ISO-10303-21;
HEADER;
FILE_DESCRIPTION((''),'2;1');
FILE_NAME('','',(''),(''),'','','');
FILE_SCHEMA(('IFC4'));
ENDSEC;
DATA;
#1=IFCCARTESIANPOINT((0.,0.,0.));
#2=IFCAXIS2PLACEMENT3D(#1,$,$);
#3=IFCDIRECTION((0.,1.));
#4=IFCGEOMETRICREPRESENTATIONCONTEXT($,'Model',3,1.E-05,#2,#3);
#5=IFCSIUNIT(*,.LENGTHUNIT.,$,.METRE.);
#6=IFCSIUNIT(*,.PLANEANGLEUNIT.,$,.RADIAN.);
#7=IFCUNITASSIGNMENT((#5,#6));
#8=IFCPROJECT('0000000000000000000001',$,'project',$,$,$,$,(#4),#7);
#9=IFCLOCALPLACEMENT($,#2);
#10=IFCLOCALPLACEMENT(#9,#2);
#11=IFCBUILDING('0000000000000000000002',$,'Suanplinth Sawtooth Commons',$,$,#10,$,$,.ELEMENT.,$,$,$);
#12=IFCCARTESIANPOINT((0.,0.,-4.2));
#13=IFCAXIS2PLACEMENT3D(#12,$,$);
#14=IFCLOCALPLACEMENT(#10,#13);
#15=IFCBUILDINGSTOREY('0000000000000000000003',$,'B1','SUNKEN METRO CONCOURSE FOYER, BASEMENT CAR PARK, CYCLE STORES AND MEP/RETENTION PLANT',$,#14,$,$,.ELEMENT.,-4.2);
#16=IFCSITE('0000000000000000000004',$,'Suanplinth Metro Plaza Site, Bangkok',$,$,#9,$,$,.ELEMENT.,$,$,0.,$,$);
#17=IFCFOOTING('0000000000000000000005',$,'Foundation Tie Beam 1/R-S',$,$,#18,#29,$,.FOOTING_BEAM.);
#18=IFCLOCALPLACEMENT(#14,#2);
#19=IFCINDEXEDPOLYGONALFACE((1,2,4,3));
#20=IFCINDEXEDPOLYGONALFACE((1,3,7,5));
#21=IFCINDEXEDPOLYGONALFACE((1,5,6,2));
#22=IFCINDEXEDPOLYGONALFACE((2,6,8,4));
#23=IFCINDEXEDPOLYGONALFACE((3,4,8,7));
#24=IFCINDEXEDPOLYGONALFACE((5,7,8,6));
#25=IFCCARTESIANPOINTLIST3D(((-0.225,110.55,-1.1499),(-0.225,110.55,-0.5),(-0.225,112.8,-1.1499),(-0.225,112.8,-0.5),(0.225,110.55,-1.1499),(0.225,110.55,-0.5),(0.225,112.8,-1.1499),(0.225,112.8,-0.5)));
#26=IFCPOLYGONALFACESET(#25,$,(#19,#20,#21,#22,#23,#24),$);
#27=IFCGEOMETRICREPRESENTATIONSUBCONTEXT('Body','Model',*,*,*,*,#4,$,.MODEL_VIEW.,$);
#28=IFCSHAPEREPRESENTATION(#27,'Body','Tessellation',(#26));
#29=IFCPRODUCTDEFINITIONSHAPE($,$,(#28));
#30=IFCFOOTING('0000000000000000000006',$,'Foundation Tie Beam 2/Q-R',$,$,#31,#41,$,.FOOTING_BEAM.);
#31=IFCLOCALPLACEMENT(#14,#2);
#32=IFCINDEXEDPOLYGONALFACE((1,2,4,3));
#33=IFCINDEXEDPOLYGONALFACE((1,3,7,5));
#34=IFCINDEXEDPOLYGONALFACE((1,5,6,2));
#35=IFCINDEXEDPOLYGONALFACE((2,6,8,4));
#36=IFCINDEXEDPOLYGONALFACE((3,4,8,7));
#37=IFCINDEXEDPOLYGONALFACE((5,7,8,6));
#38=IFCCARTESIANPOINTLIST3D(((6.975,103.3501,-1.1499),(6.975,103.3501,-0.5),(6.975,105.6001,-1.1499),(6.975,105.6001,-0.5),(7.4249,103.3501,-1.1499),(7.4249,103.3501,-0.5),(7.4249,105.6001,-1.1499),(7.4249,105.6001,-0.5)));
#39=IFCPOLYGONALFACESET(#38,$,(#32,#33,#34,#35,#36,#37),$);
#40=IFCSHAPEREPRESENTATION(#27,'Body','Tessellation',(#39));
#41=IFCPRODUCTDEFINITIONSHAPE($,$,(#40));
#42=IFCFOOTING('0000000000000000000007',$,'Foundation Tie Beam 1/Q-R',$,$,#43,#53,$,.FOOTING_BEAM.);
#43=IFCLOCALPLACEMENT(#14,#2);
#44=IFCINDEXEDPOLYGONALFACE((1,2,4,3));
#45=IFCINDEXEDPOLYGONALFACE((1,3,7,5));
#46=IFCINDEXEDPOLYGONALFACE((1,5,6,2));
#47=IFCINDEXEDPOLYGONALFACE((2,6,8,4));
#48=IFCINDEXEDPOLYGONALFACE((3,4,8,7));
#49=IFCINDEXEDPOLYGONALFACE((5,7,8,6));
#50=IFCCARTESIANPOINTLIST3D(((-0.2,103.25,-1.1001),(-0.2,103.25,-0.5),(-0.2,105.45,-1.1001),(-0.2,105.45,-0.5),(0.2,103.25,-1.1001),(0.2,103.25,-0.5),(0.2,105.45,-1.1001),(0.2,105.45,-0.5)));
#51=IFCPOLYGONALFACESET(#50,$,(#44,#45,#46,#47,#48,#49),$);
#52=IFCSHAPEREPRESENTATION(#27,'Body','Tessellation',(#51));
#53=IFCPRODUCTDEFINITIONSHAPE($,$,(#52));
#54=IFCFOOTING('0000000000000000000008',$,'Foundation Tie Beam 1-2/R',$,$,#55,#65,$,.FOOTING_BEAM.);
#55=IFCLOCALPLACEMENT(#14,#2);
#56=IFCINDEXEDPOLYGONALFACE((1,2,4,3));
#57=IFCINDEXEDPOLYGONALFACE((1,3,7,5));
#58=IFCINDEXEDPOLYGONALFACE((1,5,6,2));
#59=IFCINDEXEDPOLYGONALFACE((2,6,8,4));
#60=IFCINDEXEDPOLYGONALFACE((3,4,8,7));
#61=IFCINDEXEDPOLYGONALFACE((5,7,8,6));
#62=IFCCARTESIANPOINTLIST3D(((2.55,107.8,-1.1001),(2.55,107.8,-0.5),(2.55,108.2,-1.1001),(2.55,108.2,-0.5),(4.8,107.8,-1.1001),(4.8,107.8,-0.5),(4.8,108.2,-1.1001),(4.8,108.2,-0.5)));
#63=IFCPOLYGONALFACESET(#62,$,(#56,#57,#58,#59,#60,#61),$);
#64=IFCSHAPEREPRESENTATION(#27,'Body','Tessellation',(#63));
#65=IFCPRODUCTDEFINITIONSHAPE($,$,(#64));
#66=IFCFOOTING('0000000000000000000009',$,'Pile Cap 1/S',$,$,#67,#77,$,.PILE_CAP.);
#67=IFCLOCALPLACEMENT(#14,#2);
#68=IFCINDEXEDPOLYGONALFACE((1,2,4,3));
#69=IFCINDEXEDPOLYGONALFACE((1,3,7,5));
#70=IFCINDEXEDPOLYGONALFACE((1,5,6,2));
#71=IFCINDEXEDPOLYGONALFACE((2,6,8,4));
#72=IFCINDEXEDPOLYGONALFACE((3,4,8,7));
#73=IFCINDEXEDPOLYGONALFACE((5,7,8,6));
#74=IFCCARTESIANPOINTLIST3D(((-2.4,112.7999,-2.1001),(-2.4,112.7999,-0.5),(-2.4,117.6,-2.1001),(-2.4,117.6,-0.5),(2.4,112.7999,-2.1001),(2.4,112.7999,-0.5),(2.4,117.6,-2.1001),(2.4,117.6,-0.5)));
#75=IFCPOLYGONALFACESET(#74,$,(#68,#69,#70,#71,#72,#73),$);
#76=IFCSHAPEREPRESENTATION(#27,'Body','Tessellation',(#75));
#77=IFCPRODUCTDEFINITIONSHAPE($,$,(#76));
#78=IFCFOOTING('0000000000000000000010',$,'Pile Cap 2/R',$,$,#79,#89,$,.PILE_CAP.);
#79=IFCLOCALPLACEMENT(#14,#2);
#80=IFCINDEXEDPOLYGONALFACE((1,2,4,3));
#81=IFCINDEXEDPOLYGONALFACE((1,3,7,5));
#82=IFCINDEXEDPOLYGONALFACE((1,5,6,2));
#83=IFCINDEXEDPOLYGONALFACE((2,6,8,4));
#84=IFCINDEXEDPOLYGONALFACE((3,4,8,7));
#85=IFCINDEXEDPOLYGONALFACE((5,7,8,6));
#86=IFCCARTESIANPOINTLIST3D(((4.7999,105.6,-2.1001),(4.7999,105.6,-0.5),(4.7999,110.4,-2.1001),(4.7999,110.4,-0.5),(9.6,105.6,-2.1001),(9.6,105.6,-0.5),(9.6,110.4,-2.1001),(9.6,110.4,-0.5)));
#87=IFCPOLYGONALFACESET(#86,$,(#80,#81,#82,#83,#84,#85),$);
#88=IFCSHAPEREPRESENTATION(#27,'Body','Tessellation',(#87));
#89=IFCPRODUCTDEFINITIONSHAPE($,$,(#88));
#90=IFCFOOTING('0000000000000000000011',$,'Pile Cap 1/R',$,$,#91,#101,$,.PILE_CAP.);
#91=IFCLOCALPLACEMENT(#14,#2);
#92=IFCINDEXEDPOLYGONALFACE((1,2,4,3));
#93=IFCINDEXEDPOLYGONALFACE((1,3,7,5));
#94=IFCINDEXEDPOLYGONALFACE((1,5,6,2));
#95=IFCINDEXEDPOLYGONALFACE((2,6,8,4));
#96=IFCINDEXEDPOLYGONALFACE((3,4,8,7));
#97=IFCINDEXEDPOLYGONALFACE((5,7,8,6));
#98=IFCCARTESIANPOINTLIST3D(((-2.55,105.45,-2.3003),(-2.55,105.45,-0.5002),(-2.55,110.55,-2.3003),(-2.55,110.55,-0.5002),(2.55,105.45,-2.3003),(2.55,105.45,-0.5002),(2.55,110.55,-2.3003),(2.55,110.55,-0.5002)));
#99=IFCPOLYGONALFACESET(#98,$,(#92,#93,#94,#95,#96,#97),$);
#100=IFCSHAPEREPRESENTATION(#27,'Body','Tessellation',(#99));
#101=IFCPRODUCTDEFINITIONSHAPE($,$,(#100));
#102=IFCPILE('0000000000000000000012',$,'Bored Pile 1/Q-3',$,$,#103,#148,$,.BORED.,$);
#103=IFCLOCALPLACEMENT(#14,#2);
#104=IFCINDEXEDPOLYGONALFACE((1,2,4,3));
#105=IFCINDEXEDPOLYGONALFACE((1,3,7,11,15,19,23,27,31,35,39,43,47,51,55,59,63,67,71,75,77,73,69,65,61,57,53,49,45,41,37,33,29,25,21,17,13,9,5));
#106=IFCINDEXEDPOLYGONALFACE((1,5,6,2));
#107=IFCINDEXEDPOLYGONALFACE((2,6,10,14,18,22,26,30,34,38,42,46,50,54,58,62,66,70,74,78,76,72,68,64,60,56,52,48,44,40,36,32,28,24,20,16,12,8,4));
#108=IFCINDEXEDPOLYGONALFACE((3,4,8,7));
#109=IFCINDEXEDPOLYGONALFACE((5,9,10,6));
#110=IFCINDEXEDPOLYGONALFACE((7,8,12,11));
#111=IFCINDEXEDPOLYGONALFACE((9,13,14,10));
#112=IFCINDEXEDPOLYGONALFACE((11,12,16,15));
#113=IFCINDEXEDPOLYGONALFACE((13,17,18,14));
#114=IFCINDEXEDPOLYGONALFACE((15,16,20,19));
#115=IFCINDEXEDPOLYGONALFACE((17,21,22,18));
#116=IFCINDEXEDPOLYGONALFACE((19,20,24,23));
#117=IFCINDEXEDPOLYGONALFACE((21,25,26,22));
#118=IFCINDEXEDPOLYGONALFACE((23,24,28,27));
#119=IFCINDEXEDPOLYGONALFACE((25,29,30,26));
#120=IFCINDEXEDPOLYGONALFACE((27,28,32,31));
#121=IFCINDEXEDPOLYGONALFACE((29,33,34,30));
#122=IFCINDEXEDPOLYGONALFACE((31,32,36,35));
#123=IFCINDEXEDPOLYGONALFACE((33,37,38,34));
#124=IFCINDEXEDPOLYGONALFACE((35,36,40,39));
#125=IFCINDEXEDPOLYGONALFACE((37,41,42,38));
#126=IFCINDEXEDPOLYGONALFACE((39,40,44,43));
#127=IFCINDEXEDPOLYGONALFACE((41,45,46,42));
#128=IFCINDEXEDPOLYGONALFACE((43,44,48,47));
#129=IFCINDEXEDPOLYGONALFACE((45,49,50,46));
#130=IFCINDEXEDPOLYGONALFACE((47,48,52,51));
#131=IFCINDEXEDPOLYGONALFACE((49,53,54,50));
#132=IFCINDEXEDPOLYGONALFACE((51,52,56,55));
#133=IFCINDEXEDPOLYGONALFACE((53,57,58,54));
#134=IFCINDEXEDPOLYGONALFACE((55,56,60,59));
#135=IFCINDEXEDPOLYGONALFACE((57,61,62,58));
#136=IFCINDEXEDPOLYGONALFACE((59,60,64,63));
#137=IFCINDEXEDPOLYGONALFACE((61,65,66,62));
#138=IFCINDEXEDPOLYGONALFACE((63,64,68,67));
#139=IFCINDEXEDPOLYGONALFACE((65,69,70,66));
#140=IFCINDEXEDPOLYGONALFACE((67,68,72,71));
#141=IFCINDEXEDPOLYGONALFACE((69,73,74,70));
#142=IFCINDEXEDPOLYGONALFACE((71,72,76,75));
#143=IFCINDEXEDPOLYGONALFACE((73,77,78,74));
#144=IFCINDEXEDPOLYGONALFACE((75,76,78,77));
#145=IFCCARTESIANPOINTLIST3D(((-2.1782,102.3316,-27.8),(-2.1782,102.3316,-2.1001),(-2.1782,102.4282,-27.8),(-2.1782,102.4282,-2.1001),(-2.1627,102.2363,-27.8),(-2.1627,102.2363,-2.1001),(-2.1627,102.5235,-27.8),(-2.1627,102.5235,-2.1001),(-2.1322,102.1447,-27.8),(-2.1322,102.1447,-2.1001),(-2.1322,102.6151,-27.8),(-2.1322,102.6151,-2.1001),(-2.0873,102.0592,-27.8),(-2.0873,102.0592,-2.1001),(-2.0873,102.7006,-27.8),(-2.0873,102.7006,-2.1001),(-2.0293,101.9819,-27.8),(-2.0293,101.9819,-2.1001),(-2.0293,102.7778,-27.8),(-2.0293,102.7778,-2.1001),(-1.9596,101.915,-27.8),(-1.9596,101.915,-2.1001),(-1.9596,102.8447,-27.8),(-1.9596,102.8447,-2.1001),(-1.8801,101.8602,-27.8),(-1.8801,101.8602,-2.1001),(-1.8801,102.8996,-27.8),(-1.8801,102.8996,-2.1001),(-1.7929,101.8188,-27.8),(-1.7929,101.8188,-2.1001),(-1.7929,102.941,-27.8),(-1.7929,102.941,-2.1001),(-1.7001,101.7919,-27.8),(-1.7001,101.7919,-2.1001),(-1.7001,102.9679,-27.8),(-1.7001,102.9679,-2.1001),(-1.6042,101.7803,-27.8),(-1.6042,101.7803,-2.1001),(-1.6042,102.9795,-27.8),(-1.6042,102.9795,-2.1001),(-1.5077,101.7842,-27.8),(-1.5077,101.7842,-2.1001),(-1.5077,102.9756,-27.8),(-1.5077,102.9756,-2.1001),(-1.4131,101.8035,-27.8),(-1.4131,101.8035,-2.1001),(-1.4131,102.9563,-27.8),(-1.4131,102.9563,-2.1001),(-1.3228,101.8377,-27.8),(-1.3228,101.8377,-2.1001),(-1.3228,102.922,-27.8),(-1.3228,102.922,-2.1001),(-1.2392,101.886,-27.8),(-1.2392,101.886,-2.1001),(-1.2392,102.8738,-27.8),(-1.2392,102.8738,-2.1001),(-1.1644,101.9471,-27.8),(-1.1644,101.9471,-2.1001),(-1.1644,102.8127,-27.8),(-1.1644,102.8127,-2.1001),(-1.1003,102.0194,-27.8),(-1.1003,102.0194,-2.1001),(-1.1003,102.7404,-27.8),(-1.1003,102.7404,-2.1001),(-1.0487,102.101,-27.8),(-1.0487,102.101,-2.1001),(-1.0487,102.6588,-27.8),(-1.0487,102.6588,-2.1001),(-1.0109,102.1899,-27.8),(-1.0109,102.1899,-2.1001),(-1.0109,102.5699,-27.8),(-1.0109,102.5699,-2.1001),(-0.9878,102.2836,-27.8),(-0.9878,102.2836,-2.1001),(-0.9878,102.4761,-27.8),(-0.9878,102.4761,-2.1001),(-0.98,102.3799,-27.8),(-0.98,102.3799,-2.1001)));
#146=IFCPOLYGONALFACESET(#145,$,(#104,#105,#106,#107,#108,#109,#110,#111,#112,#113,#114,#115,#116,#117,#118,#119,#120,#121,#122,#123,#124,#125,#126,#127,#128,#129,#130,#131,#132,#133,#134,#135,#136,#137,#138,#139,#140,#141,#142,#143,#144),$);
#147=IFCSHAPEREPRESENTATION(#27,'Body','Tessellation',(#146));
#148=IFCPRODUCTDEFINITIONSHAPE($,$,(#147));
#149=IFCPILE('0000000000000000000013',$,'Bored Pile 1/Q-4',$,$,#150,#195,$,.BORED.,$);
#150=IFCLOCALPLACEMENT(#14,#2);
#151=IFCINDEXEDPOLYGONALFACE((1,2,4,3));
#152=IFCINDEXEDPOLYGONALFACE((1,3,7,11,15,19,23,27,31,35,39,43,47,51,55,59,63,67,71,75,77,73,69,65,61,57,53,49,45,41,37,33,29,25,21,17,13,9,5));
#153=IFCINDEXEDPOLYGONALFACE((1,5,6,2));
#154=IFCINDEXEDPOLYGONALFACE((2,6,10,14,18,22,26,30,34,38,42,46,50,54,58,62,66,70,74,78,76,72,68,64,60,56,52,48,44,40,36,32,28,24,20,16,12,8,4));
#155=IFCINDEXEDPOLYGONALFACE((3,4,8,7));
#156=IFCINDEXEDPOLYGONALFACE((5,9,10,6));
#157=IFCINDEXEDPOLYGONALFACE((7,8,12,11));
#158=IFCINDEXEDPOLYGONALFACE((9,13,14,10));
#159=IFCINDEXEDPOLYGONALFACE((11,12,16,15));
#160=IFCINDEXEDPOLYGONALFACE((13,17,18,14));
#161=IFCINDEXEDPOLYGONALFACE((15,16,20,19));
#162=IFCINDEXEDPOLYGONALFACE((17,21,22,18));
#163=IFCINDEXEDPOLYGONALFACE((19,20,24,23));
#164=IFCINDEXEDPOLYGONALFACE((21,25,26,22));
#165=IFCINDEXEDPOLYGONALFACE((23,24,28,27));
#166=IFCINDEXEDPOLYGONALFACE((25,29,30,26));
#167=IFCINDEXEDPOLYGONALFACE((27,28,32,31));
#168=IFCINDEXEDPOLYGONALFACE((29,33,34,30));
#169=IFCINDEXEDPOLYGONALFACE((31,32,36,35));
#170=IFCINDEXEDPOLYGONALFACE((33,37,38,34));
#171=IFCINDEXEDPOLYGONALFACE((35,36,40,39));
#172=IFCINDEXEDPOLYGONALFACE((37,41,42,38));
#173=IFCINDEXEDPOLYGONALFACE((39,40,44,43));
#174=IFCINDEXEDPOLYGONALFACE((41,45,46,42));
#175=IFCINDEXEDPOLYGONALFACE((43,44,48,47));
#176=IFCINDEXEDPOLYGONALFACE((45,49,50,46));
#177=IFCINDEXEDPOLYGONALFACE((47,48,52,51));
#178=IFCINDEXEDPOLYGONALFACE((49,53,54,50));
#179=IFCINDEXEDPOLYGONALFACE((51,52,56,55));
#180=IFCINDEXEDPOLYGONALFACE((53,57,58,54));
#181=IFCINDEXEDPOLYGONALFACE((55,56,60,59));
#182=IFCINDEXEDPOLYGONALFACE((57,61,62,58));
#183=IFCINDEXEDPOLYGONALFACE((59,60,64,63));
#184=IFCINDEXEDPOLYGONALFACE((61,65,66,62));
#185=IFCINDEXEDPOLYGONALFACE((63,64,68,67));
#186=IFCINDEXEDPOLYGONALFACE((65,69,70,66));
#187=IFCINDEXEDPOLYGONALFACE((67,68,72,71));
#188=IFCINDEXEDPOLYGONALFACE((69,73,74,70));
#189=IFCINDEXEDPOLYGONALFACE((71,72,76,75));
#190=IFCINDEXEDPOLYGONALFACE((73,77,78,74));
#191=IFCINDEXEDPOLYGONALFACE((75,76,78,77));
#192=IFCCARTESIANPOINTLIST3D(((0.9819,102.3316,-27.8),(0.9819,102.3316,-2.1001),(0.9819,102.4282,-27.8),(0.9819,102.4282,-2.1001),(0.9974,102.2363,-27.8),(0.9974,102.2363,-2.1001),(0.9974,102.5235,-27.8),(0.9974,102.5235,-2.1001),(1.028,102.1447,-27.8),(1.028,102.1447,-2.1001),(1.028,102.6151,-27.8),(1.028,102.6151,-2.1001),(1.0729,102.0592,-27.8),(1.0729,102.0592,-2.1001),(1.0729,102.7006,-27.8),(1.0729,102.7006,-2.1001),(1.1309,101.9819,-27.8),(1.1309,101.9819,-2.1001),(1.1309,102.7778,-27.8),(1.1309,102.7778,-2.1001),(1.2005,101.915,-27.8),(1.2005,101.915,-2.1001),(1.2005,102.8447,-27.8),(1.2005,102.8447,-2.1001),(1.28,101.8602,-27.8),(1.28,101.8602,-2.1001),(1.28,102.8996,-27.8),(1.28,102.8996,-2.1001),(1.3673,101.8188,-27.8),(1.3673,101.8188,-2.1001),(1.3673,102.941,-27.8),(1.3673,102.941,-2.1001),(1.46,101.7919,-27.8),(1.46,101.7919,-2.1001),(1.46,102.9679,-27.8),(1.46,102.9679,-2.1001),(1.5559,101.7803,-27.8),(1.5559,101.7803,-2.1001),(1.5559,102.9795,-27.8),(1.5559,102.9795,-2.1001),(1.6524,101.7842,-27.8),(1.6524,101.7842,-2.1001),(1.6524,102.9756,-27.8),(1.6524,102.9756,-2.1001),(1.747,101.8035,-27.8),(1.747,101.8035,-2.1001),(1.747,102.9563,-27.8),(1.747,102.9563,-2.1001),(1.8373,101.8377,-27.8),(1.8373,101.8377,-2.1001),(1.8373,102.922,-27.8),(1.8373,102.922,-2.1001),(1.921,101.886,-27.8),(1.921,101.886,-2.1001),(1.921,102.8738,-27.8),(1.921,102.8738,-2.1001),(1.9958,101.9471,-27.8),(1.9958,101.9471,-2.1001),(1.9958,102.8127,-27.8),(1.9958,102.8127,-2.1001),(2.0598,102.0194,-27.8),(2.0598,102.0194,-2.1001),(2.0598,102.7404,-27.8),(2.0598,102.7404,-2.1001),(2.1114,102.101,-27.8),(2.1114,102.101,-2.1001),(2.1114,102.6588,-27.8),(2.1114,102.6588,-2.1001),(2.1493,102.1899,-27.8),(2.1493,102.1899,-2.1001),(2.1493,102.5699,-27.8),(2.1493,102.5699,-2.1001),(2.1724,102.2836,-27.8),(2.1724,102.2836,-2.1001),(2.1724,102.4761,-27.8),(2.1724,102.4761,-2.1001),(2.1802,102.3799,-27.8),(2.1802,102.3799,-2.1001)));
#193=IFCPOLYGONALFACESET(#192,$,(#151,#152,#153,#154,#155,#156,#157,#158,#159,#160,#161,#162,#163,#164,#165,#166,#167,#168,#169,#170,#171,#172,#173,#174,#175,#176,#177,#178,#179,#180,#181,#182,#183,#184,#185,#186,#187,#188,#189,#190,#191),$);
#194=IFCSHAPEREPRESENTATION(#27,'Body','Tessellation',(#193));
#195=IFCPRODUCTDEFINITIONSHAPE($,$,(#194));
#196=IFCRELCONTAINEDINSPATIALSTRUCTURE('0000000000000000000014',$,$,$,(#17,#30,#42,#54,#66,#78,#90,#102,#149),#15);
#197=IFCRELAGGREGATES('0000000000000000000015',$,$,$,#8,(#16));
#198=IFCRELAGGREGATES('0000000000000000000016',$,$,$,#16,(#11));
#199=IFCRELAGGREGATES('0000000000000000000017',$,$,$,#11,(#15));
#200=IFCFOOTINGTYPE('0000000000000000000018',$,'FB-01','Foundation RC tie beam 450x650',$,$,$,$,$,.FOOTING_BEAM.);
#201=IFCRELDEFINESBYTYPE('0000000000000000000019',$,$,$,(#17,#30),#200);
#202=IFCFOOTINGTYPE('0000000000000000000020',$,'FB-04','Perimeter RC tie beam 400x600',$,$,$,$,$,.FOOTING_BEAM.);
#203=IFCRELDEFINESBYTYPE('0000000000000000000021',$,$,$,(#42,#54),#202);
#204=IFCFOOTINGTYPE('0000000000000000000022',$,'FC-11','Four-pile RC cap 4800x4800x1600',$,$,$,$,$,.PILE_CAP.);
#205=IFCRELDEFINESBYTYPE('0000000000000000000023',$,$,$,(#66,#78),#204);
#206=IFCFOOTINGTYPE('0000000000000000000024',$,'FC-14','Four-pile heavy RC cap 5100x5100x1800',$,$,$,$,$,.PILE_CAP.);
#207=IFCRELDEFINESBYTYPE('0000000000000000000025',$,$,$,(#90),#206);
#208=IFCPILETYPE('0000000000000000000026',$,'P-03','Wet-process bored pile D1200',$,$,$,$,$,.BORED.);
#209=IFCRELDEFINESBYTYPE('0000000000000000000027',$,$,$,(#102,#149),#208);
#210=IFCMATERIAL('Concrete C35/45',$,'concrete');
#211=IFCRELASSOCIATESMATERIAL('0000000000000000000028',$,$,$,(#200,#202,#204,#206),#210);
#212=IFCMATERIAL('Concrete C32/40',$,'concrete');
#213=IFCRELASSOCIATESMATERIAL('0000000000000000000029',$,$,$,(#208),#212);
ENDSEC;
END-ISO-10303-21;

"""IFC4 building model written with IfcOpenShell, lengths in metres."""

from ifc_helpers import new_model, si_unit, direction, frame, origin, origin_2d, place, context, subcontext, project, spatial, rectangle, circle, extrude, material, material_profile, profile_set, type_object, element, save


model = new_model("IFC4")

# Units and contexts
model_context = context("Model", 3, precision=1e-05, world=origin(), true_north=direction((0.0, 1.0)))
body_context = subcontext(model_context, "Body", "Model", "MODEL_VIEW")
ifc_project = project(units=[si_unit("LENGTHUNIT", "METRE"), si_unit("PLANEANGLEUNIT", "RADIAN")], contexts=[model_context])

# Site, building, storey
site_placement = place(None, origin())
site = spatial("IfcSite", under=ifc_project, at=site_placement, Name="Suanplinth Metro Plaza Site, Bangkok", CompositionType="ELEMENT", RefElevation=0.0)
building_placement = place(site_placement, origin())
building = spatial("IfcBuilding", under=site, at=building_placement, Name="Suanplinth Sawtooth Commons", CompositionType="ELEMENT")
storey_placement = place(building_placement, frame((0.0, 0.0, -4.2)))
storey = spatial("IfcBuildingStorey", under=building, at=storey_placement, Name="B1", Description="SUNKEN METRO CONCOURSE FOYER, BASEMENT CAR PARK, CYCLE STORES AND MEP/RETENTION PLANT", CompositionType="ELEMENT", Elevation=-4.2)

# Footings
ifc_material_1 = material(Name="Concrete C35/45", Category="concrete")
ifc_material_profile_1 = material_profile(ifc_material_1, rectangle(XDim=0.45, YDim=0.6499, at=origin_2d()), Name="PC-GDR 450x650")
ifc_profile_set_1 = profile_set([ifc_material_profile_1], Name="Concrete C35/45")
footing_type_1 = type_object("IfcFootingType", Name="FB-01", Description="Foundation RC tie beam 450x650", PredefinedType="FOOTING_BEAM", material=ifc_profile_set_1)
for number, where, z_axis, x_axis, name in (
    (1, (0.0, 110.55, -0.825), (0.0, 1.0, 0.0), (-1.0, 0.0, 0.0), "Foundation Tie Beam 1/R-S"),
    (2, (7.2, 103.3501, -0.825), (0.0, 1.0, 0.0), (-1.0, 0.0, 0.0), "Foundation Tie Beam 2/Q-R"),
):
    element("IfcFooting", number, at=place(storey_placement, frame(where, z_axis=z_axis, x_axis=x_axis)), inside=storey, type_object=footing_type_1, Name=name, PredefinedType="FOOTING_BEAM", context=body_context, shape_type="SweptSolid", body=[
        extrude(rectangle(XDim=0.45, YDim=0.6499, at=origin_2d()), origin(), (0.0, 0.0, 1.0), 2.25),
    ])
ifc_material_profile_2 = material_profile(ifc_material_1, rectangle(XDim=0.3999, YDim=0.6001, at=origin_2d()), Name="PC-GDR 400x600")
ifc_profile_set_2 = profile_set([ifc_material_profile_2], Name="Concrete C35/45")
footing_type_2 = type_object("IfcFootingType", Name="FB-04", Description="Perimeter RC tie beam 400x600", PredefinedType="FOOTING_BEAM", material=ifc_profile_set_2)
footing_1_placement = place(storey_placement, frame((0.0, 103.25, -0.8), z_axis=(0.0, 1.0, 0.0), x_axis=(-1.0, 0.0, 0.0)))
element("IfcFooting", 3, at=footing_1_placement, inside=storey, type_object=footing_type_2, Name="Foundation Tie Beam 1/Q-R", PredefinedType="FOOTING_BEAM", context=body_context, shape_type="SweptSolid", body=[
    extrude(rectangle(XDim=0.3999, YDim=0.6001, at=origin_2d()), origin(), (0.0, 0.0, 1.0), 2.2),
])
footing_2_placement = place(storey_placement, frame((2.55, 108.0, -0.8), z_axis=(1.0, 0.0, 0.0), x_axis=(0.0, 1.0, 0.0)))
element("IfcFooting", 4, at=footing_2_placement, inside=storey, type_object=footing_type_2, Name="Foundation Tie Beam 1-2/R", PredefinedType="FOOTING_BEAM", context=body_context, shape_type="SweptSolid", body=[
    extrude(rectangle(XDim=0.3999, YDim=0.6001, at=origin_2d()), origin(), (0.0, 0.0, 1.0), 2.25),
])
footing_type_3 = type_object("IfcFootingType", Name="FC-11", Description="Four-pile RC cap 4800x4800x1600", PredefinedType="PILE_CAP", material=ifc_material_1)
for number, where, z_axis, x_axis, name in (
    (5, (0.0, 115.2, -2.1001), (0.0, 0.0, 1.0), (1.0, 0.0, 0.0), "Pile Cap 1/S"),
    (6, (7.2, 108.0, -2.1001), (0.0, 0.0, 1.0), (1.0, 0.0, 0.0), "Pile Cap 2/R"),
):
    element("IfcFooting", number, at=place(storey_placement, frame(where, z_axis=z_axis, x_axis=x_axis)), inside=storey, type_object=footing_type_3, Name=name, PredefinedType="PILE_CAP", context=body_context, shape_type="SweptSolid", body=[
        extrude(rectangle(XDim=4.8, YDim=4.8, at=origin_2d()), origin(), (0.0, 0.0, 1.0), 1.6001),
    ])
footing_type_4 = type_object("IfcFootingType", Name="FC-14", Description="Four-pile heavy RC cap 5100x5100x1800", PredefinedType="PILE_CAP", material=ifc_material_1)
footing_3_placement = place(storey_placement, frame((0.0, 108.0, -2.3003), z_axis=(0.0, 0.0, 1.0), x_axis=(1.0, 0.0, 0.0)))
element("IfcFooting", 7, at=footing_3_placement, inside=storey, type_object=footing_type_4, Name="Pile Cap 1/R", PredefinedType="PILE_CAP", context=body_context, shape_type="SweptSolid", body=[
    extrude(rectangle(XDim=5.1001, YDim=5.1001, at=origin_2d()), origin(), (0.0, 0.0, 1.0), 1.8),
])

# Piles
ifc_material_2 = material(Name="Concrete C32/40", Category="concrete")
ifc_material_profile_3 = material_profile(ifc_material_2, circle(Radius=0.6001, at=origin_2d()), Name="PILE D1200")
ifc_profile_set_3 = profile_set([ifc_material_profile_3], Name="Concrete C32/40")
pile_type = type_object("IfcPileType", Name="P-03", Description="Wet-process bored pile D1200", PredefinedType="BORED", material=ifc_profile_set_3)
for number, where, z_axis, x_axis, name in (
    (8, (-1.5801, 102.3799, -2.1001), (0.0, 0.0, -1.0), (1.0, 0.0, 0.0), "Bored Pile 1/Q-3"),
    (9, (1.5801, 102.3799, -2.1001), (0.0, 0.0, -1.0), (1.0, 0.0, 0.0), "Bored Pile 1/Q-4"),
):
    element("IfcPile", number, at=place(storey_placement, frame(where, z_axis=z_axis, x_axis=x_axis)), inside=storey, type_object=pile_type, Name=name, PredefinedType="BORED", context=body_context, shape_type="SweptSolid", body=[
        extrude(circle(Radius=0.6001, at=origin_2d()), origin(), (0.0, 0.0, 1.0), 25.7),
    ])

save(model, "model.ifc")
